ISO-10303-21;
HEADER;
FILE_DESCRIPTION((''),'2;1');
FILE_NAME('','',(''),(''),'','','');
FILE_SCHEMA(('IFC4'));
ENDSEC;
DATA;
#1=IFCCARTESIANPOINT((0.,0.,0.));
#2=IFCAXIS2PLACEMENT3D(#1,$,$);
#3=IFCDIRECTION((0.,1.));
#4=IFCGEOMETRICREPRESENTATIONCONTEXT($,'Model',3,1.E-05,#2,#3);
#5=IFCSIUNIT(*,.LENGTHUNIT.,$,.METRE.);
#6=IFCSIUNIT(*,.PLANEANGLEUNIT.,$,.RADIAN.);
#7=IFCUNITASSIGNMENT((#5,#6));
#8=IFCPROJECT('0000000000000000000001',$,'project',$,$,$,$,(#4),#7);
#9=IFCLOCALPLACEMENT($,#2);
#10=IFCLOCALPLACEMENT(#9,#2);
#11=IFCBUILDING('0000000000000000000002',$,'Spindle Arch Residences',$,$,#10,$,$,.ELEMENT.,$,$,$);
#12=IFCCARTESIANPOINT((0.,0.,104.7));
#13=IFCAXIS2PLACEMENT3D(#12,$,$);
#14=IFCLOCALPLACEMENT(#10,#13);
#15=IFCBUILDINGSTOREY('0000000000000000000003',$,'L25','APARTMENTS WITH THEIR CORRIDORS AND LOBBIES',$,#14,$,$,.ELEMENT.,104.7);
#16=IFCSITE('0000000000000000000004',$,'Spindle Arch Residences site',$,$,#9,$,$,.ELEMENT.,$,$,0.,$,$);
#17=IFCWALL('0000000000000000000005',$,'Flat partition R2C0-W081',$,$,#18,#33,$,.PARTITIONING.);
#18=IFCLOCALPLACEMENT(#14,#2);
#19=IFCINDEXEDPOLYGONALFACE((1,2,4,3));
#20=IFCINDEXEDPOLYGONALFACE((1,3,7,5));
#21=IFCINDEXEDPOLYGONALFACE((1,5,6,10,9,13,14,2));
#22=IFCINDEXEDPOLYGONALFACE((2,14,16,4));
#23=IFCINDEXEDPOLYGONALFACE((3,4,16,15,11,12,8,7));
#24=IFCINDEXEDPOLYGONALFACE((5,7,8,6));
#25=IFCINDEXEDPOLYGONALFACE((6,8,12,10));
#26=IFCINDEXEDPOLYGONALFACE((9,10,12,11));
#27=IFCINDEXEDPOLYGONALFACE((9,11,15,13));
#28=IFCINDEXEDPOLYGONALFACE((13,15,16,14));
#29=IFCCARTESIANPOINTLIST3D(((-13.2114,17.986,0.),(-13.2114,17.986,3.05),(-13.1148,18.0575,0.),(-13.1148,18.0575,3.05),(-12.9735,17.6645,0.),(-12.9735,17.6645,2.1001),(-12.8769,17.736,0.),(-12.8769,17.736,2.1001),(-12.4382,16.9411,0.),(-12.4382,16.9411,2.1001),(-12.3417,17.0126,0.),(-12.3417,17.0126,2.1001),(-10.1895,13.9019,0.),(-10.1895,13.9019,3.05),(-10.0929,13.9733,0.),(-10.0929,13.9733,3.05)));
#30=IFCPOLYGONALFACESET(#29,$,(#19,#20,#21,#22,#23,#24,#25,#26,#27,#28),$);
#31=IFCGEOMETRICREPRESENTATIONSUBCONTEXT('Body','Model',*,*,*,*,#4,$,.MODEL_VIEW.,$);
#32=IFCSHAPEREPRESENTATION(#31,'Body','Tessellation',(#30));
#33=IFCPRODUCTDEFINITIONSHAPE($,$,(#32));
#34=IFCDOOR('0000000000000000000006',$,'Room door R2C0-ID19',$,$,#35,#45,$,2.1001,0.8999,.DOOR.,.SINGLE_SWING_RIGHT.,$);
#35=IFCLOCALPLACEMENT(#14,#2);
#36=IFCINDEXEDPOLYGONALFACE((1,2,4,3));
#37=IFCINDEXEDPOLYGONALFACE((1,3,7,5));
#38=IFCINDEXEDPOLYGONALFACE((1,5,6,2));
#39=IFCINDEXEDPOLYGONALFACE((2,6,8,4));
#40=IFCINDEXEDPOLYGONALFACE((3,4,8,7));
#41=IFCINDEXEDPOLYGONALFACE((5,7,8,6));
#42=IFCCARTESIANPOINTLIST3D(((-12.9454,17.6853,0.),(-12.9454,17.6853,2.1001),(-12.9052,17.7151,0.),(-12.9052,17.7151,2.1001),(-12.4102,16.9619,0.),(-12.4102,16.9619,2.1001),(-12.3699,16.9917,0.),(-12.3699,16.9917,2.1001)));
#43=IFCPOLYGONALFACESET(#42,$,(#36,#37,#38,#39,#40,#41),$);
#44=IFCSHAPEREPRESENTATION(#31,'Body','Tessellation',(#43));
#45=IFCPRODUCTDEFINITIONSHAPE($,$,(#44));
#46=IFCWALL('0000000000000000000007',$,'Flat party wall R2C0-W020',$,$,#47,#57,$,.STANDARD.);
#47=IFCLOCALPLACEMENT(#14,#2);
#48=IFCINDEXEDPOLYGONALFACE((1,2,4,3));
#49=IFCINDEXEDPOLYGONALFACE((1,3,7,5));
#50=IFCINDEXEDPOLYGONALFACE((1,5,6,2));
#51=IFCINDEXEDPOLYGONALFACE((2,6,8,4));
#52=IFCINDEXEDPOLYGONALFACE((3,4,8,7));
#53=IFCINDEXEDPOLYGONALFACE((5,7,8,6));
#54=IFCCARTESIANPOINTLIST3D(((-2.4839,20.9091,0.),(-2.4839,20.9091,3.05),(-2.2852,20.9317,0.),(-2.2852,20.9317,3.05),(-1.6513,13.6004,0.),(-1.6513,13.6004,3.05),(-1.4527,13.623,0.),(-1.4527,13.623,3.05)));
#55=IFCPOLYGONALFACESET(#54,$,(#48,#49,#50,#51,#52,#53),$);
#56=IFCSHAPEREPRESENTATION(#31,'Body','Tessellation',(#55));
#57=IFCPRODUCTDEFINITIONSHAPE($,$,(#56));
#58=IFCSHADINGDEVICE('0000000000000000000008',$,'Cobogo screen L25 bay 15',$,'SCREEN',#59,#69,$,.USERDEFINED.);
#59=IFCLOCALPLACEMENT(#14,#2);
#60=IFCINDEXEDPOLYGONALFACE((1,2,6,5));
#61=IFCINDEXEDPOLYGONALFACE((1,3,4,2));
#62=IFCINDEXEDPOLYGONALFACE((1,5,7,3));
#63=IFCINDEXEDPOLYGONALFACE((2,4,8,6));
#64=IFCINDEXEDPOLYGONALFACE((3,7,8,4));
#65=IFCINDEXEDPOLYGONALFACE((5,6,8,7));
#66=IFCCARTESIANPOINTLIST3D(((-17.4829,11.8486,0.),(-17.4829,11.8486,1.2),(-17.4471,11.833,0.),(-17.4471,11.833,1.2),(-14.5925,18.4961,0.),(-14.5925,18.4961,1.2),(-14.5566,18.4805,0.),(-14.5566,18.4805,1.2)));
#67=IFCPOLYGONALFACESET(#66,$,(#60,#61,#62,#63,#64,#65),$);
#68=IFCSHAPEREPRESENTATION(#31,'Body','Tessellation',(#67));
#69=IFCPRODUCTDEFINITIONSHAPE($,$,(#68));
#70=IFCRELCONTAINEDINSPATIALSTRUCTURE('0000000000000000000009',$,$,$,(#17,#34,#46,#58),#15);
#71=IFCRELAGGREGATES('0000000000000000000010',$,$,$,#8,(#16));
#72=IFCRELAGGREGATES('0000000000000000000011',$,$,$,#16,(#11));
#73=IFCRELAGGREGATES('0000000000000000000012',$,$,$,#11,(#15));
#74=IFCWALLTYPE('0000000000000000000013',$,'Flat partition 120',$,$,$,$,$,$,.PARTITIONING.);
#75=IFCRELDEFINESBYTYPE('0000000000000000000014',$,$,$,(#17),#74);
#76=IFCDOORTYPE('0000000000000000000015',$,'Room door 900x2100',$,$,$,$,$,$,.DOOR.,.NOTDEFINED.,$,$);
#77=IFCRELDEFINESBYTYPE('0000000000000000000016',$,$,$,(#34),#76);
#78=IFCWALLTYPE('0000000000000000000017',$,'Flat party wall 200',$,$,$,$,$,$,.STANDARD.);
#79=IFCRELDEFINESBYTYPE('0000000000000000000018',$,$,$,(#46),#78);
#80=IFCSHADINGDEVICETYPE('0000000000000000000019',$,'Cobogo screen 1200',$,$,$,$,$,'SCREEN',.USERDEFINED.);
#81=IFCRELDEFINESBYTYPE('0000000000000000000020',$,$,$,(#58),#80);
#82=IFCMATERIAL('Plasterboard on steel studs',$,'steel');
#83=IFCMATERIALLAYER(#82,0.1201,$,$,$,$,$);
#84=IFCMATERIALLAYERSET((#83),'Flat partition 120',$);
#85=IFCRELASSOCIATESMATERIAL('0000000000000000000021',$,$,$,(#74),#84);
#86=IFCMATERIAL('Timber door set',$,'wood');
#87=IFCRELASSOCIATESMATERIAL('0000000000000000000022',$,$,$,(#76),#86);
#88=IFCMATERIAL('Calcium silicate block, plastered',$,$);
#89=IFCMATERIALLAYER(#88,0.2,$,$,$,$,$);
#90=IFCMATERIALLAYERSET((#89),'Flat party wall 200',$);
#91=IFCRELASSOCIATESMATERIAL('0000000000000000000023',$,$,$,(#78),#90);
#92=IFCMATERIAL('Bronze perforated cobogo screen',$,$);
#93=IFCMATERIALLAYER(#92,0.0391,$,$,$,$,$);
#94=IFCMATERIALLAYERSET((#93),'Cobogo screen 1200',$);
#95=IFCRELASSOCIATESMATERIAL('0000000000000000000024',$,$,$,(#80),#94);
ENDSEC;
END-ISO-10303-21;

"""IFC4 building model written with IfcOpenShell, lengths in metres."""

from ifc_helpers import new_model, si_unit, direction, frame, frame_2d, origin, origin_2d, place, context, subcontext, project, spatial, rectangle, extrude, material, layer, layer_set, type_object, element, fill, save


model = new_model("IFC4")

# Units and contexts
model_context = context("Model", 3, precision=1e-05, world=origin(), true_north=direction((0.0, 1.0)))
body_context = subcontext(model_context, "Body", "Model", "MODEL_VIEW")
ifc_project = project(units=[si_unit("LENGTHUNIT", "METRE"), si_unit("PLANEANGLEUNIT", "RADIAN")], contexts=[model_context])

# Site, building, storey
site_placement = place(None, origin())
site = spatial("IfcSite", under=ifc_project, at=site_placement, Name="Spindle Arch Residences site", CompositionType="ELEMENT", RefElevation=0.0)
building_placement = place(site_placement, origin())
building = spatial("IfcBuilding", under=site, at=building_placement, Name="Spindle Arch Residences", CompositionType="ELEMENT")
storey_placement = place(building_placement, frame((0.0, 0.0, 104.7)))
storey = spatial("IfcBuildingStorey", under=building, at=storey_placement, Name="L25", Description="APARTMENTS WITH THEIR CORRIDORS AND LOBBIES", CompositionType="ELEMENT", Elevation=104.7)

# Shared definitions
ifc_material_1 = material(Name="Plasterboard on steel studs", Category="steel")
ifc_layer_1 = layer(ifc_material_1, 0.1201)
ifc_layer_set_1 = layer_set([ifc_layer_1], Name="Flat partition 120")
wall_type_1 = type_object("IfcWallType", Name="Flat partition 120", PredefinedType="PARTITIONING", material=ifc_layer_set_1)

# Shared definitions
ifc_material_2 = material(Name="Timber door set", Category="wood")
door_type_1 = type_object("IfcDoorType", Name="Room door 900x2100", OperationType="NOTDEFINED", PredefinedType="DOOR", material=ifc_material_2)

# Wall, opening, door
wall_1_placement = place(storey_placement, frame((-13.1631, 18.0217, 0.0), z_axis=(0.0, 0.0, 1.0), x_axis=(0.594798, -0.803875, 0.0)))
wall_1 = element("IfcWall", 1, at=wall_1_placement, inside=storey, type_object=wall_type_1, Name="Flat partition R2C0-W081", PredefinedType="PARTITIONING", context=body_context, shape_type="SweptSolid", body=[
    extrude(rectangle(XDim=5.0806, YDim=0.1201, at=frame_2d((2.5403, 0.0))), origin(), (0.0, 0.0, 1.0), 3.05),
])
opening_1_placement = place(wall_1_placement, frame((0.3999, 0.0, 0.0)))
opening_1 = element("IfcOpeningElement", 2, at=opening_1_placement, cuts=wall_1, PredefinedType="OPENING", context=body_context, shape_type="SweptSolid", body=[
    extrude(rectangle(XDim=0.8999, YDim=2.1001, at=frame_2d((0.45, 1.05))), frame((0.0, 0.0701, 0.0), z_axis=(0.0, -1.0, 0.0), x_axis=(1.0, 0.0, 0.0)), (0.0, 0.0, 1.0), 0.1401),
])
door_1_placement = place(opening_1_placement, origin())
door_1 = element("IfcDoor", 3, at=door_1_placement, inside=storey, type_object=door_type_1, Name="Room door R2C0-ID19", OperationType="SINGLE_SWING_RIGHT", OverallHeight=2.1001, OverallWidth=0.8999, PredefinedType="DOOR", context=body_context, shape_type="SweptSolid", body=[
    extrude(rectangle(XDim=0.8999, YDim=2.1001, at=frame_2d((0.45, 1.05))), frame((0.0, 0.0249, 0.0), z_axis=(0.0, -1.0, 0.0), x_axis=(1.0, 0.0, 0.0)), (0.0, 0.0, 1.0), 0.05),
])
fill(opening_1, door_1)

# Wall
ifc_material_3 = material(Name="Calcium silicate block, plastered")
ifc_layer_2 = layer(ifc_material_3, 0.2)
ifc_layer_set_2 = layer_set([ifc_layer_2], Name="Flat party wall 200")
wall_type_2 = type_object("IfcWallType", Name="Flat party wall 200", PredefinedType="STANDARD", material=ifc_layer_set_2)
wall_2_placement = place(storey_placement, frame((-2.3845, 20.9204, 0.0), z_axis=(0.0, 0.0, 1.0), x_axis=(0.113178, -0.993575, 0.0)))
element("IfcWall", 4, at=wall_2_placement, inside=storey, type_object=wall_type_2, Name="Flat party wall R2C0-W020", PredefinedType="STANDARD", context=body_context, shape_type="SweptSolid", body=[
    extrude(rectangle(XDim=7.356, YDim=0.2, at=frame_2d((3.678, 0.0))), origin(), (0.0, 0.0, 1.0), 3.05),
])

# Shading device
ifc_material_4 = material(Name="Bronze perforated cobogo screen")
ifc_layer_3 = layer(ifc_material_4, 0.0391)
ifc_layer_set_3 = layer_set([ifc_layer_3], Name="Cobogo screen 1200")
shading_device_type = type_object("IfcShadingDeviceType", Name="Cobogo screen 1200", ElementType="SCREEN", PredefinedType="USERDEFINED", material=ifc_layer_set_3)
shading_device_placement = place(storey_placement, frame((-16.0198, 15.1646, 0.0), z_axis=(0.0, 0.0, 1.0), x_axis=(-0.398749, -0.91706, 0.0)))
element("IfcShadingDevice", 5, at=shading_device_placement, inside=storey, type_object=shading_device_type, Name="Cobogo screen L25 bay 15", ObjectType="SCREEN", PredefinedType="USERDEFINED", context=body_context, shape_type="SweptSolid", body=[
    extrude(rectangle(XDim=7.2488, YDim=0.0391, at=origin_2d()), origin(), (0.0, 0.0, 1.0), 1.2),
])

save(model, "model.ifc")
